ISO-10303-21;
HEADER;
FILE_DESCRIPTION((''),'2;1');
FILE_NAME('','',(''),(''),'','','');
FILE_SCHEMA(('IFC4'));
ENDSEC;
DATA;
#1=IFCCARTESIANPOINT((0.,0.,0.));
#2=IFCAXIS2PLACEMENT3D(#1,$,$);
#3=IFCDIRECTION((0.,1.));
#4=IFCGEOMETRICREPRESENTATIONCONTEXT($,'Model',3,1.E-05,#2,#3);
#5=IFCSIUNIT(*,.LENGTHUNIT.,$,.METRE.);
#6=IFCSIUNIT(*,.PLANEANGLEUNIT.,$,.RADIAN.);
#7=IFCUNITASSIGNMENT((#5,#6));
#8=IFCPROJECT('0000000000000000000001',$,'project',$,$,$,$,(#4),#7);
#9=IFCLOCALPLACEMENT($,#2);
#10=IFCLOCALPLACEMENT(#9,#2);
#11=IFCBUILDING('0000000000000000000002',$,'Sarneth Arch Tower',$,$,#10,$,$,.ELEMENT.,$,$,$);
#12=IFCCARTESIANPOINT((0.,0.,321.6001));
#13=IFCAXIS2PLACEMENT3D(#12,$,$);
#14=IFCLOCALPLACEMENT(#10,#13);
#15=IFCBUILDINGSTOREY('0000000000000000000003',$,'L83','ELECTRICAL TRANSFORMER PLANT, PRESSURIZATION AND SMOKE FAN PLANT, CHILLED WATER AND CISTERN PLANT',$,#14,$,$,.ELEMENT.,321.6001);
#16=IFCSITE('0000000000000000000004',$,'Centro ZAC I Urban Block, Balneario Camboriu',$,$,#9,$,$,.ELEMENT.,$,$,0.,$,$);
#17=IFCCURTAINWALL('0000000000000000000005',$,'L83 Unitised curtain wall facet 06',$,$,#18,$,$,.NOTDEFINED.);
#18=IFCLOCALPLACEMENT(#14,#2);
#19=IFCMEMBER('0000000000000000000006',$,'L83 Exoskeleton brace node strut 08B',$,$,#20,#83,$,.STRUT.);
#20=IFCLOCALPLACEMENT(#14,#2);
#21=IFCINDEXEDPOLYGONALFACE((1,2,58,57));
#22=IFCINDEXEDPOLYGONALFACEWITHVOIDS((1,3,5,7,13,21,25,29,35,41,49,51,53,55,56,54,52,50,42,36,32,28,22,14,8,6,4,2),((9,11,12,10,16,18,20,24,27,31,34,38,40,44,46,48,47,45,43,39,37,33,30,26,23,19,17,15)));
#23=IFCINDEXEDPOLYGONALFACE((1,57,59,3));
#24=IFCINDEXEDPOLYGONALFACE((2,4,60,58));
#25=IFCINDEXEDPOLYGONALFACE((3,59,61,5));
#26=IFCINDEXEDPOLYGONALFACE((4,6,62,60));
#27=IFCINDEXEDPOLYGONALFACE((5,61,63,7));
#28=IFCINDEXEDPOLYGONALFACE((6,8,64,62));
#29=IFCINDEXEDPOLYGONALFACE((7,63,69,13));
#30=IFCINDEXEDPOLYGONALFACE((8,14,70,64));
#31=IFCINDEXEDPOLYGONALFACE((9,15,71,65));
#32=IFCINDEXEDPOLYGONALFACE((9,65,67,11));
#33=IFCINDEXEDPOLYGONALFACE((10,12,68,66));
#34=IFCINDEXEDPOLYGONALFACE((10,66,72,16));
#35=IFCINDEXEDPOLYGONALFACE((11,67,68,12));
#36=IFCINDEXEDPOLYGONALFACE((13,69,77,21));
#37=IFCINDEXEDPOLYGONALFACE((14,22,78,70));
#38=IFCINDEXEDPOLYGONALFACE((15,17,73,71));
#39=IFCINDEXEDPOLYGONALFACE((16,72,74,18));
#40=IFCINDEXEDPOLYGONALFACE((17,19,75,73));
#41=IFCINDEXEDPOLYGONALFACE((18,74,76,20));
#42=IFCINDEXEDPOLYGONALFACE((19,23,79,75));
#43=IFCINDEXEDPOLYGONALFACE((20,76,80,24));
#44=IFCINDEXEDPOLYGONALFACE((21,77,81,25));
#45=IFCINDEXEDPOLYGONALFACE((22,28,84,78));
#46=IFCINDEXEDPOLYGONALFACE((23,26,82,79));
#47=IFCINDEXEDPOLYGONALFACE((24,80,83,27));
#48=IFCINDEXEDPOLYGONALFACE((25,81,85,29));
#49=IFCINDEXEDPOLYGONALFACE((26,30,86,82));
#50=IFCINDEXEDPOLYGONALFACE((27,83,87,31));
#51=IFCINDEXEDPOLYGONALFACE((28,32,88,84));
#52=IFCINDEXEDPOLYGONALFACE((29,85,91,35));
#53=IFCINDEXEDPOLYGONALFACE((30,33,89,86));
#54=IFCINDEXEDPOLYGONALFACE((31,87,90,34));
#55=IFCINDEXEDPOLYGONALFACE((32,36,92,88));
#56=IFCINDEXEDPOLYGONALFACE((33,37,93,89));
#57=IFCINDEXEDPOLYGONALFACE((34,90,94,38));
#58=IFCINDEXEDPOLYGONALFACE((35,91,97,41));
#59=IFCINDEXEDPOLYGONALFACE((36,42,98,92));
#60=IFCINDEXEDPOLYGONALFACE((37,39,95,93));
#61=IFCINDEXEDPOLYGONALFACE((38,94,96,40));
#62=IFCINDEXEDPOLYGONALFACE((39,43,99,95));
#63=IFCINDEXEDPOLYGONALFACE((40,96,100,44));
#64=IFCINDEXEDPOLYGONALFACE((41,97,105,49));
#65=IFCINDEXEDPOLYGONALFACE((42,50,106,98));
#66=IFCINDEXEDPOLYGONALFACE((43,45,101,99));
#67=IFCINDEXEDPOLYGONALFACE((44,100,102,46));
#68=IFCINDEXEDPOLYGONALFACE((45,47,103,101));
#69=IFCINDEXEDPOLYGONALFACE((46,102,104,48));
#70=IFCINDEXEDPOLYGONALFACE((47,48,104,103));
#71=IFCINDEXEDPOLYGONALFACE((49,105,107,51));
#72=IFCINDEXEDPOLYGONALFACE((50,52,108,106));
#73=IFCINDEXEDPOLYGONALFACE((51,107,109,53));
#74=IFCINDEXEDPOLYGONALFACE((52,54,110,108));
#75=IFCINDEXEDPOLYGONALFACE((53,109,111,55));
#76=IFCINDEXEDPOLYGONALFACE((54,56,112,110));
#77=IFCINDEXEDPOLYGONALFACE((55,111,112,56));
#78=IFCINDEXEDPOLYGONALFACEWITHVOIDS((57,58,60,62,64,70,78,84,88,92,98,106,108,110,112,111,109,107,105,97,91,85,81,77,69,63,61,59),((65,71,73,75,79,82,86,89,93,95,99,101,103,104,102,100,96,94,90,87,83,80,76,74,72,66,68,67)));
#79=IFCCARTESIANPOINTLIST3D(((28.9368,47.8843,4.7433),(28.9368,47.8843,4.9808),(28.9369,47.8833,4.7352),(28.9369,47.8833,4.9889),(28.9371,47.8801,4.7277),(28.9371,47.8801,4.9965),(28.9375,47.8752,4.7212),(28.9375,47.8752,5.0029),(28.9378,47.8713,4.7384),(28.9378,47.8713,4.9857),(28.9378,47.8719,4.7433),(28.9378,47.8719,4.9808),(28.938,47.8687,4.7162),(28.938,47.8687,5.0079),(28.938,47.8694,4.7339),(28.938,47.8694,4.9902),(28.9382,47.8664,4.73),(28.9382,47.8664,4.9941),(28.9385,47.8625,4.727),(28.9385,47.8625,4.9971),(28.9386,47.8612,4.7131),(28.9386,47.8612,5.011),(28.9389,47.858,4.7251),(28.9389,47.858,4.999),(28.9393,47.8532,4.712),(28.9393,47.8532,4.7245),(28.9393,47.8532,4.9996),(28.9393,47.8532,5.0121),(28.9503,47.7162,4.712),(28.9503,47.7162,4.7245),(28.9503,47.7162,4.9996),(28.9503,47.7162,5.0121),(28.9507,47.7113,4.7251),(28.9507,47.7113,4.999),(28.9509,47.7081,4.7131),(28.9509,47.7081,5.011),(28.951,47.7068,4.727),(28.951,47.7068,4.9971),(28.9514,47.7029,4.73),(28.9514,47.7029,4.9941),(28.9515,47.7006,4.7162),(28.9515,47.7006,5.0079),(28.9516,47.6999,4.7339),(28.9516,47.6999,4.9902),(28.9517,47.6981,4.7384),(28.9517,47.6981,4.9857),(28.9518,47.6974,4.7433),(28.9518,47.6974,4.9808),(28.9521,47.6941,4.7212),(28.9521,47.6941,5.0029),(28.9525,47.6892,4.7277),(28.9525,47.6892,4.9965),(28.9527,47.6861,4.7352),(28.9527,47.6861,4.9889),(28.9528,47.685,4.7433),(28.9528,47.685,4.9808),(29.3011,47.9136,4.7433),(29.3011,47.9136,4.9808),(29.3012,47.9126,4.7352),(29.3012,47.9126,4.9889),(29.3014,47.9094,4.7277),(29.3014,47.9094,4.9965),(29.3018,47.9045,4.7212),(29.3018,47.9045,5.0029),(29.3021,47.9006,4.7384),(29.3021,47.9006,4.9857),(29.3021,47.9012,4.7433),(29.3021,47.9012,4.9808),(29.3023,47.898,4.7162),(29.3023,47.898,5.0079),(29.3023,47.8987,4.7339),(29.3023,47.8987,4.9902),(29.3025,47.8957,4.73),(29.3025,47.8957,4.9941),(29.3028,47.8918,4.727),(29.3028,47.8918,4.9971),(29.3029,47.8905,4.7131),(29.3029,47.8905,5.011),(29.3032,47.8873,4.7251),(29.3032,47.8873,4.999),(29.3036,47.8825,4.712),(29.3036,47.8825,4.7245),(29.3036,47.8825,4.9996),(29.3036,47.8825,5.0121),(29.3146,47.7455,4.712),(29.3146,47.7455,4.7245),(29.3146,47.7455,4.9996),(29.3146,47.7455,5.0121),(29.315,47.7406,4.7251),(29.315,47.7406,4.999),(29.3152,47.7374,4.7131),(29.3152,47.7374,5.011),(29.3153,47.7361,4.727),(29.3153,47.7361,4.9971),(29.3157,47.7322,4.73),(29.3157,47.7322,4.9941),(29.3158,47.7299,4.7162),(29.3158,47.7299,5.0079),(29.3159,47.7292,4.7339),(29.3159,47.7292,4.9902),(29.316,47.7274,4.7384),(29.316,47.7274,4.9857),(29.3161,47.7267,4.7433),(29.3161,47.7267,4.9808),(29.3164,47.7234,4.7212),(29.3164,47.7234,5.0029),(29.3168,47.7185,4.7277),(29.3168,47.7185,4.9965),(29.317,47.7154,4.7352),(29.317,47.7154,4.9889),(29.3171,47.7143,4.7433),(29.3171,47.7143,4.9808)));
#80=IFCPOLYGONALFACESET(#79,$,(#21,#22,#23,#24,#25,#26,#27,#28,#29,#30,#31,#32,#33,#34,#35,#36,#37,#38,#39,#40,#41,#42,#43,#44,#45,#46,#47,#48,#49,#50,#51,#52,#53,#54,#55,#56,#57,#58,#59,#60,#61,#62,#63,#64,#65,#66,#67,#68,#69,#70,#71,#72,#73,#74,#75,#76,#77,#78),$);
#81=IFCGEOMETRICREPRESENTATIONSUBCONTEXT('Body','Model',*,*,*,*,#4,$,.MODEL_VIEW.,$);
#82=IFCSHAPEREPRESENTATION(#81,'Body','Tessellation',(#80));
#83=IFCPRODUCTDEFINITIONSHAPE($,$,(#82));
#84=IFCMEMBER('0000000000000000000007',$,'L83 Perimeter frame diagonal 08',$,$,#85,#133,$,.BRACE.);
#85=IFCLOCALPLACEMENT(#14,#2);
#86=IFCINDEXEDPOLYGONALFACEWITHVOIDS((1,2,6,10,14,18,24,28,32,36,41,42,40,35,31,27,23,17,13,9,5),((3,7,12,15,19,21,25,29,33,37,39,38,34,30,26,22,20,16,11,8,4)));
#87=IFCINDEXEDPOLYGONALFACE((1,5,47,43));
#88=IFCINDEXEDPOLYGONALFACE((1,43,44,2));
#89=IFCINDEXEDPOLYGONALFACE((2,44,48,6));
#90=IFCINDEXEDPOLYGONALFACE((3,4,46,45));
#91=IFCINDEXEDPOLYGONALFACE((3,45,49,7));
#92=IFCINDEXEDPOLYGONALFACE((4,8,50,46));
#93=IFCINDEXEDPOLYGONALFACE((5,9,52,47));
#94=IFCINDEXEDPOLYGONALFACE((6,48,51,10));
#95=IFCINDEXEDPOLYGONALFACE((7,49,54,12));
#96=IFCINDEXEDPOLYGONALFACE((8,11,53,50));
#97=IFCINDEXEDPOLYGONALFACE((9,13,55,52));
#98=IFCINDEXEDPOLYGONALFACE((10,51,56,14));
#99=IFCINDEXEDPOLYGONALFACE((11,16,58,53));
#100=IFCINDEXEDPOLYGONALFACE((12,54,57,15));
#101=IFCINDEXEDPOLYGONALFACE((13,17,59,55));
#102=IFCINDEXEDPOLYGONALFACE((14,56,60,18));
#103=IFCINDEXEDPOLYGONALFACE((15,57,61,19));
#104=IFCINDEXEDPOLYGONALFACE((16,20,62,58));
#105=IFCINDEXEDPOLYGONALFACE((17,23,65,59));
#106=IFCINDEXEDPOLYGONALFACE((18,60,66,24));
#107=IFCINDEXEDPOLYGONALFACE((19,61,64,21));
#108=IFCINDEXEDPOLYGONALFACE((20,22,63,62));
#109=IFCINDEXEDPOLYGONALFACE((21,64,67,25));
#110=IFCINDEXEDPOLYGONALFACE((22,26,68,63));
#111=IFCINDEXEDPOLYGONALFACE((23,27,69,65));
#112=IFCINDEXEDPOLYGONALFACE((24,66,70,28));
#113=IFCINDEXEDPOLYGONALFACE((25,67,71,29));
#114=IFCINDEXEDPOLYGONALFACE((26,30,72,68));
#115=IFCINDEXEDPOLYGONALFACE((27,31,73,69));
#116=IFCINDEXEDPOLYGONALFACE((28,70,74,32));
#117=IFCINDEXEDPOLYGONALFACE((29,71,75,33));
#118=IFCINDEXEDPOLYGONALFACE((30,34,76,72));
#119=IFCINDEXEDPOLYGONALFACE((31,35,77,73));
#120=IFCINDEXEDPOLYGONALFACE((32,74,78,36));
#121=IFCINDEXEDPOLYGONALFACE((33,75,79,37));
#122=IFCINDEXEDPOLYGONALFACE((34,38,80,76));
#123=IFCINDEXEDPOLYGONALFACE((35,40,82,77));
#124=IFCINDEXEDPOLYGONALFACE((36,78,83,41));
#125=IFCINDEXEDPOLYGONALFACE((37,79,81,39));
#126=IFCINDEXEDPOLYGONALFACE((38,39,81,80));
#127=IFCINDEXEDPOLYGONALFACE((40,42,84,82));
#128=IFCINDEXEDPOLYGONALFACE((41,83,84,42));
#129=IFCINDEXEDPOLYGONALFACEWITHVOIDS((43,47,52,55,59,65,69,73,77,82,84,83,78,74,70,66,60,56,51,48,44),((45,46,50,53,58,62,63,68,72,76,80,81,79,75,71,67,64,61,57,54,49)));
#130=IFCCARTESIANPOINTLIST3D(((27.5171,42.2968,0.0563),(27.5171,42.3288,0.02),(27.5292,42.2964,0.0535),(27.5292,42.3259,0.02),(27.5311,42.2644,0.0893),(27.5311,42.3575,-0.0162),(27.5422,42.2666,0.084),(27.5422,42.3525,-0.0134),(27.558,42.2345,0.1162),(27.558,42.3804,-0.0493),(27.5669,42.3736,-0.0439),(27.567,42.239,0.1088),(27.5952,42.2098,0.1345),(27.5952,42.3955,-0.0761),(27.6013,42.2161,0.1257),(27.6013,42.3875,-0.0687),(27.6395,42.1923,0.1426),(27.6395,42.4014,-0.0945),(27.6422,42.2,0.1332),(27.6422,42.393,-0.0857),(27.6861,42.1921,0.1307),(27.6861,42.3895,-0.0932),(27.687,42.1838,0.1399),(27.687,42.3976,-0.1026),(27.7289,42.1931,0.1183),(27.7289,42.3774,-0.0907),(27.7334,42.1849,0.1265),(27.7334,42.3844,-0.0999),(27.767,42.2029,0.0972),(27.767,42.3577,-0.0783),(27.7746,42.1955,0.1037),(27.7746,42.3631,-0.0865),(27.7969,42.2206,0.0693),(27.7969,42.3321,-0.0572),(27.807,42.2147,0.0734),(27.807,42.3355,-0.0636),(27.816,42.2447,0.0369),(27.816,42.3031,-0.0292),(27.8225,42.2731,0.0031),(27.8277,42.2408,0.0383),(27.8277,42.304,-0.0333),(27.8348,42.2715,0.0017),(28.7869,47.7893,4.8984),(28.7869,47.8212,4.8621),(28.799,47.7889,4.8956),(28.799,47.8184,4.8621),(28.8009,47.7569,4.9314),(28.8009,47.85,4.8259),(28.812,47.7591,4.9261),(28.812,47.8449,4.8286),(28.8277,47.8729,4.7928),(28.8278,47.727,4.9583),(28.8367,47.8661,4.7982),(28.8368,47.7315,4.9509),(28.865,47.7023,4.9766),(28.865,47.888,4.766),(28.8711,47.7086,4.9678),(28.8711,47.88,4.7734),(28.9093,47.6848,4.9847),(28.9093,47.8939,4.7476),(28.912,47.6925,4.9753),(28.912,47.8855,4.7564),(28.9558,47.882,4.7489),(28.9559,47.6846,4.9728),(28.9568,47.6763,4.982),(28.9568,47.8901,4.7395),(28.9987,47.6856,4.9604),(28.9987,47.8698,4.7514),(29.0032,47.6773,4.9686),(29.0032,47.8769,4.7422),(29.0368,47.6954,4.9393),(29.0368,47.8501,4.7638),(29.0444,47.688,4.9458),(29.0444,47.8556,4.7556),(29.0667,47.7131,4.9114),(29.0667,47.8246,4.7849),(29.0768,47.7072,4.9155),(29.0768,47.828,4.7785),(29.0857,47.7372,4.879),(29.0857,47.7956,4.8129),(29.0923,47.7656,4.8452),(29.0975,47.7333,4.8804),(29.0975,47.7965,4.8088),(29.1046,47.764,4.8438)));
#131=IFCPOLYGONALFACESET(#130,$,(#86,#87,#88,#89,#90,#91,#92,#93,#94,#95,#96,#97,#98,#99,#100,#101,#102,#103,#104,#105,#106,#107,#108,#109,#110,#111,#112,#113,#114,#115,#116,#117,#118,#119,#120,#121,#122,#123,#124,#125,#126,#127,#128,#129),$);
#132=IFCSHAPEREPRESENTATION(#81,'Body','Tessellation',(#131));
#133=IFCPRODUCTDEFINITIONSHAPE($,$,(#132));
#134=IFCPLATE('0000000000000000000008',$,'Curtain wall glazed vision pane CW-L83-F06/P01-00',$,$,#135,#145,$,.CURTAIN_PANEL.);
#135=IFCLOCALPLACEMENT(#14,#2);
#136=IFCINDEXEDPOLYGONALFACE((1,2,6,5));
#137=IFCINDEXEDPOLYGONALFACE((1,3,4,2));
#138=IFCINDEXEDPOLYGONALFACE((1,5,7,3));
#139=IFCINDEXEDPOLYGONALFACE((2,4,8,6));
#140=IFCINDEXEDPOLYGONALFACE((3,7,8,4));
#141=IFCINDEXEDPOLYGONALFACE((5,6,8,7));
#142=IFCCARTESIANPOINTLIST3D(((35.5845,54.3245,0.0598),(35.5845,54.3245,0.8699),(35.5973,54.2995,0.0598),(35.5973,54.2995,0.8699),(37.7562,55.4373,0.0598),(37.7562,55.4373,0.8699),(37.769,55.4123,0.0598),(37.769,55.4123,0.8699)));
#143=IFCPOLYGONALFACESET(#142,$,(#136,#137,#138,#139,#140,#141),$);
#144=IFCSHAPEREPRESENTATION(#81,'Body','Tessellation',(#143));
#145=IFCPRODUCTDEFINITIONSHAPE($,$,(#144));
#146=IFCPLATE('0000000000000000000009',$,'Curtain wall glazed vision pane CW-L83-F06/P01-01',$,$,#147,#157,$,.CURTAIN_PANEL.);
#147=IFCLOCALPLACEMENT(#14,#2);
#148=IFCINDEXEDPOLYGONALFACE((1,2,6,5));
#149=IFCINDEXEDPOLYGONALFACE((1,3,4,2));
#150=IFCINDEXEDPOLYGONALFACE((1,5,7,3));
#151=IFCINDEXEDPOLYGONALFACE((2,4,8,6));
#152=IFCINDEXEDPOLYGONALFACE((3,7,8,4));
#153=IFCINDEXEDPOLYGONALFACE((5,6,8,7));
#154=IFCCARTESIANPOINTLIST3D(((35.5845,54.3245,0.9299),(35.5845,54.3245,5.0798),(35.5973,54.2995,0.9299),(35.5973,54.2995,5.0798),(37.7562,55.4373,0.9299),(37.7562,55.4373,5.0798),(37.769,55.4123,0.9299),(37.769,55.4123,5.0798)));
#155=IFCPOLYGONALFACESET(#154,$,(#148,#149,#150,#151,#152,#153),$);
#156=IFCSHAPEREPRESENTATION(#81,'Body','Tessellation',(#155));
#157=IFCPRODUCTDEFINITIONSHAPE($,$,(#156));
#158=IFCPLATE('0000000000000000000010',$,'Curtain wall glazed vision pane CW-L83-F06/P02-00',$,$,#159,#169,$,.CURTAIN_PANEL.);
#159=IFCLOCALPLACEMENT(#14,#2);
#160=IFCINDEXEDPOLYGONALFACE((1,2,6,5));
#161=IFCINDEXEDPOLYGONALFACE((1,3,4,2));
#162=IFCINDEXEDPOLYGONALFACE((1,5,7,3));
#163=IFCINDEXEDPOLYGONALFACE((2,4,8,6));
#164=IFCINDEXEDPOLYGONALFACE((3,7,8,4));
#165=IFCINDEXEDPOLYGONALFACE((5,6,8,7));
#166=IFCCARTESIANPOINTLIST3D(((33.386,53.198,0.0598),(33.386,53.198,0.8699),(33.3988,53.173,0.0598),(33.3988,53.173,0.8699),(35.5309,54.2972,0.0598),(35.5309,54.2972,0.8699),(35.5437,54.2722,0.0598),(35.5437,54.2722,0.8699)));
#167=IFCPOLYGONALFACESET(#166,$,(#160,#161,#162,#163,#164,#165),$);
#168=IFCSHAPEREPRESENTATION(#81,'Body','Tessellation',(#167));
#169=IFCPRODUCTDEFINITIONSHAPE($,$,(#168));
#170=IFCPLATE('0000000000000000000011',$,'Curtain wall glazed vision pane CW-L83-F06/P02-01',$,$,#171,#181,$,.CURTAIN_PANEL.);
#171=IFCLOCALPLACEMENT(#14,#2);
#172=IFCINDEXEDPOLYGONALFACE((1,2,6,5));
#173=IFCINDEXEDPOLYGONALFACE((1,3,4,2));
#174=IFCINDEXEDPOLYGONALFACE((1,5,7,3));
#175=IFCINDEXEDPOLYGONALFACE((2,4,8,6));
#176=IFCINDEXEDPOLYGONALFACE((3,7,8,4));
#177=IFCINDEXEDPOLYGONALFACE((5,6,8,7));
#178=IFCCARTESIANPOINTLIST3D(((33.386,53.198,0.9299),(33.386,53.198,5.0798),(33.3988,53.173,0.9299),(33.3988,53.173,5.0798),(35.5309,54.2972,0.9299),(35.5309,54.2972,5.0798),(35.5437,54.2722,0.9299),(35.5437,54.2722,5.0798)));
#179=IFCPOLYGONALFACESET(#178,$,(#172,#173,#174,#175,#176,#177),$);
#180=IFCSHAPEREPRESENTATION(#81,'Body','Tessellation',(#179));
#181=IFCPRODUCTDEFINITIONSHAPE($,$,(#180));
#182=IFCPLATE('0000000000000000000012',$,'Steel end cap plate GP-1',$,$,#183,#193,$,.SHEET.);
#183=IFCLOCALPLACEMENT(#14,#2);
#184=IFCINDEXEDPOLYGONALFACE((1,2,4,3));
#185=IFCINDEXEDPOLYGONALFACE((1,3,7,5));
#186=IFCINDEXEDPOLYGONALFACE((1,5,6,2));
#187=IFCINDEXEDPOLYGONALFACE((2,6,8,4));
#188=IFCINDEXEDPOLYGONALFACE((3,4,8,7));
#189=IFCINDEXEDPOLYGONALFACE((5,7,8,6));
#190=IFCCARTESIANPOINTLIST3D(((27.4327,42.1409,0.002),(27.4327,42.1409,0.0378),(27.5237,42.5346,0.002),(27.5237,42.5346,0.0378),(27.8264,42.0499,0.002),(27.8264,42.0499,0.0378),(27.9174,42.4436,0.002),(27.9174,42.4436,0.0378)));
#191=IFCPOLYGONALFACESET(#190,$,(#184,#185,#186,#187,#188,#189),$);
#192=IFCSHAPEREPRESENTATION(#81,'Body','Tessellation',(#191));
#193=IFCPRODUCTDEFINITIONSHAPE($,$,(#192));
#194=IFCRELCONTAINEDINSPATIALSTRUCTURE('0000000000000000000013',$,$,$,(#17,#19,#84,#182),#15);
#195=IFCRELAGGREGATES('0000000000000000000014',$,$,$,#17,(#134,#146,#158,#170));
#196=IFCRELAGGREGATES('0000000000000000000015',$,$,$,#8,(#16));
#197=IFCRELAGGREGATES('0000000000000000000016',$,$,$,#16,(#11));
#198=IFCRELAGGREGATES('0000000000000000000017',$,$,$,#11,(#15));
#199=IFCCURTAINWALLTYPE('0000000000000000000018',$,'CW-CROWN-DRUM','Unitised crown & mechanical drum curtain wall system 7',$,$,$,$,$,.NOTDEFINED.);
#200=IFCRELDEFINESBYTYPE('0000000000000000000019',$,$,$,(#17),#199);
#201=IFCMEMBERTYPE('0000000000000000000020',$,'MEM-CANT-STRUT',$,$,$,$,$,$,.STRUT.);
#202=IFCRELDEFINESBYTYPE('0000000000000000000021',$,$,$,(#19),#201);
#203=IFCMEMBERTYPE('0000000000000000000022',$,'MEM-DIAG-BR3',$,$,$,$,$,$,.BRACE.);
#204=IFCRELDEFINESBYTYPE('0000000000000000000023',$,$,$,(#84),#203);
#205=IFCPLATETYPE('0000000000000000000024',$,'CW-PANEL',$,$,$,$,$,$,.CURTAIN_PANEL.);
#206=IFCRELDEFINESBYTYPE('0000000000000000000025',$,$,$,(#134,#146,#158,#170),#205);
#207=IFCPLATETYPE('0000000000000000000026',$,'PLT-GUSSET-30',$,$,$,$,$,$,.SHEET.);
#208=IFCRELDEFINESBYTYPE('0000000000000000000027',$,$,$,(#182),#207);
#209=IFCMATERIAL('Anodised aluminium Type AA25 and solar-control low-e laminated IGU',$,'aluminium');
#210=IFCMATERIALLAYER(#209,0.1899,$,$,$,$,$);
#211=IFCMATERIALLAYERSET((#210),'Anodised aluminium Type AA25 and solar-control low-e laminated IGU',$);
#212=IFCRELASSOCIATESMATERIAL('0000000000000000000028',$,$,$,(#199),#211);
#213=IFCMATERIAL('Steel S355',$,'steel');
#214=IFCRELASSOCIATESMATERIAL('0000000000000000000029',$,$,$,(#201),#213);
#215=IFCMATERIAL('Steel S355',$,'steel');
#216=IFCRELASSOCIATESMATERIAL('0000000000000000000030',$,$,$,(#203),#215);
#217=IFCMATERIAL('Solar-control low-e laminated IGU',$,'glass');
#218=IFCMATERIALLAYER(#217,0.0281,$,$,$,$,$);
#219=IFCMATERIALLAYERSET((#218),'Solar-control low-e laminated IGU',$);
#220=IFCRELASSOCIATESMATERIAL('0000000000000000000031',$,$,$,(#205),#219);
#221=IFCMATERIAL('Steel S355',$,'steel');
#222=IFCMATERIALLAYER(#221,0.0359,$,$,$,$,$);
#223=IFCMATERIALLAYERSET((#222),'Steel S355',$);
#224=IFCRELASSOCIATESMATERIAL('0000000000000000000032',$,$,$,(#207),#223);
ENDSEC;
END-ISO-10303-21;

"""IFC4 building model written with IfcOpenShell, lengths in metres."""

from ifc_helpers import new_model, si_unit, direction, frame, origin, origin_2d, place, context, subcontext, project, spatial, rectangle, hollow_rectangle, hollow_circle, extrude, material, layer, layer_set, material_profile, profile_set, type_object, element, aggregate, save


model = new_model("IFC4")

# Units and contexts
model_context = context("Model", 3, precision=1e-05, world=origin(), true_north=direction((0.0, 1.0)))
body_context = subcontext(model_context, "Body", "Model", "MODEL_VIEW")
ifc_project = project(units=[si_unit("LENGTHUNIT", "METRE"), si_unit("PLANEANGLEUNIT", "RADIAN")], contexts=[model_context])

# Site, building, storey
site_placement = place(None, origin())
site = spatial("IfcSite", under=ifc_project, at=site_placement, Name="Centro ZAC I Urban Block, Balneario Camboriu", CompositionType="ELEMENT", RefElevation=0.0)
building_placement = place(site_placement, origin())
building = spatial("IfcBuilding", under=site, at=building_placement, Name="Sarneth Arch Tower", CompositionType="ELEMENT")
storey_placement = place(building_placement, frame((0.0, 0.0, 321.6001)))
storey = spatial("IfcBuildingStorey", under=building, at=storey_placement, Name="L83", Description="ELECTRICAL TRANSFORMER PLANT, PRESSURIZATION AND SMOKE FAN PLANT, CHILLED WATER AND CISTERN PLANT", CompositionType="ELEMENT", Elevation=321.6001)

# Curtain wall
ifc_material_1 = material(Name="Anodised aluminium Type AA25 and solar-control low-e laminated IGU", Category="aluminium")
ifc_layer_1 = layer(ifc_material_1, 0.1899)
ifc_layer_set_1 = layer_set([ifc_layer_1], Name="Anodised aluminium Type AA25 and solar-control low-e laminated IGU")
curtain_wall_type = type_object("IfcCurtainWallType", Name="CW-CROWN-DRUM", Description="Unitised crown & mechanical drum curtain wall system 7", PredefinedType="NOTDEFINED", material=ifc_layer_set_1)
curtain_wall_placement = place(storey_placement, origin())
curtain_wall = element("IfcCurtainWall", 1, at=curtain_wall_placement, inside=storey, type_object=curtain_wall_type, Name="L83 Unitised curtain wall facet 06", PredefinedType="NOTDEFINED")

# Members
ifc_material_2 = material(Name="Steel S355", Category="steel")
ifc_material_profile_1 = material_profile(ifc_material_2, hollow_rectangle(XDim=0.2, YDim=0.3, WallThickness=0.0125, InnerFilletRadius=0.0188, OuterFilletRadius=0.0312, at=origin_2d()), Name="RHS300x200x12.5")
ifc_profile_set_1 = profile_set([ifc_material_profile_1], Name="Steel S355")
member_type_1 = type_object("IfcMemberType", Name="MEM-CANT-STRUT", PredefinedType="STRUT", material=ifc_profile_set_1)
member_1_placement = place(storey_placement, frame((29.3091, 47.814, 4.8621), z_axis=(-0.996781, -0.08017, 0.0), x_axis=(0.08017, -0.996781, 0.0)))
element("IfcMember", 2, at=member_1_placement, inside=storey, type_object=member_type_1, Name="L83 Exoskeleton brace node strut 08B", PredefinedType="STRUT", context=body_context, shape_type="SweptSolid", body=[
    extrude(hollow_rectangle(XDim=0.2, YDim=0.3, WallThickness=0.0125, InnerFilletRadius=0.0188, OuterFilletRadius=0.0312, at=origin_2d()), origin(), (0.0, 0.0, 1.0), 0.3655),
])
ifc_material_3 = material(Name="Steel S355", Category="steel")
ifc_material_profile_2 = material_profile(ifc_material_3, hollow_circle(Radius=0.1621, WallThickness=0.0125, at=origin_2d()), Name="CHS324x12.5")
ifc_profile_set_2 = profile_set([ifc_material_profile_2], Name="Steel S355")
member_type_2 = type_object("IfcMemberType", Name="MEM-DIAG-BR3", PredefinedType="BRACE", material=ifc_profile_set_2)
member_2_placement = place(storey_placement, frame((27.675, 42.2922, 0.02), z_axis=(0.170868, 0.739092, 0.651572), x_axis=(-0.974302, 0.225245, 0.0)))
element("IfcMember", 3, at=member_2_placement, inside=storey, type_object=member_type_2, Name="L83 Perimeter frame diagonal 08", PredefinedType="BRACE", context=body_context, shape_type="SweptSolid", body=[
    extrude(hollow_circle(Radius=0.1621, WallThickness=0.0125, at=origin_2d()), origin(), (0.0, 0.0, 1.0), 7.4314),
])

# Plates
ifc_material_4 = material(Name="Solar-control low-e laminated IGU", Category="glass")
ifc_layer_2 = layer(ifc_material_4, 0.0281)
ifc_layer_set_2 = layer_set([ifc_layer_2], Name="Solar-control low-e laminated IGU")
plate_type_1 = type_object("IfcPlateType", Name="CW-PANEL", PredefinedType="CURTAIN_PANEL", material=ifc_layer_set_2)
plate_1_placement = place(storey_placement, frame((36.6768, 54.8684, 0.0598), z_axis=(0.0, 0.0, 1.0), x_axis=(-0.889959, -0.45604, 0.0)))
plate_1 = element("IfcPlate", 4, at=plate_1_placement, type_object=plate_type_1, Name="Curtain wall glazed vision pane CW-L83-F06/P01-00", PredefinedType="CURTAIN_PANEL", context=body_context, shape_type="SweptSolid", body=[
    extrude(rectangle(XDim=2.4402, YDim=0.0281, at=origin_2d()), origin(), (0.0, 0.0, 1.0), 0.8101),
])
plate_2_placement = place(storey_placement, frame((36.6768, 54.8684, 0.9299), z_axis=(0.0, 0.0, 1.0), x_axis=(-0.889959, -0.45604, 0.0)))
plate_2 = element("IfcPlate", 5, at=plate_2_placement, type_object=plate_type_1, Name="Curtain wall glazed vision pane CW-L83-F06/P01-01", PredefinedType="CURTAIN_PANEL", context=body_context, shape_type="SweptSolid", body=[
    extrude(rectangle(XDim=2.4402, YDim=0.0281, at=origin_2d()), origin(), (0.0, 0.0, 1.0), 4.1499),
])
plate_3_placement = place(storey_placement, frame((34.4648, 53.7351, 0.0598), z_axis=(0.0, 0.0, 1.0), x_axis=(-0.889959, -0.45604, 0.0)))
plate_3 = element("IfcPlate", 6, at=plate_3_placement, type_object=plate_type_1, Name="Curtain wall glazed vision pane CW-L83-F06/P02-00", PredefinedType="CURTAIN_PANEL", context=body_context, shape_type="SweptSolid", body=[
    extrude(rectangle(XDim=2.4102, YDim=0.0281, at=origin_2d()), origin(), (0.0, 0.0, 1.0), 0.8101),
])
plate_4_placement = place(storey_placement, frame((34.4648, 53.7351, 0.9299), z_axis=(0.0, 0.0, 1.0), x_axis=(-0.889959, -0.45604, 0.0)))
plate_4 = element("IfcPlate", 7, at=plate_4_placement, type_object=plate_type_1, Name="Curtain wall glazed vision pane CW-L83-F06/P02-01", PredefinedType="CURTAIN_PANEL", context=body_context, shape_type="SweptSolid", body=[
    extrude(rectangle(XDim=2.4102, YDim=0.0281, at=origin_2d()), origin(), (0.0, 0.0, 1.0), 4.1499),
])
aggregate(curtain_wall, [plate_1, plate_2, plate_3, plate_4])

# Plate
ifc_material_5 = material(Name="Steel S355", Category="steel")
ifc_layer_3 = layer(ifc_material_5, 0.0359)
ifc_layer_set_3 = layer_set([ifc_layer_3], Name="Steel S355")
plate_type_2 = type_object("IfcPlateType", Name="PLT-GUSSET-30", PredefinedType="SHEET", material=ifc_layer_set_3)
for number, where, z_axis, x_axis, name in (
    (8, (27.675, 42.2922, 0.002), (0.0, 0.0, 1.0), (-0.225291, -0.974291, 0.0), "Steel end cap plate GP-1"),
):
    element("IfcPlate", number, at=place(storey_placement, frame(where, z_axis=z_axis, x_axis=x_axis)), inside=storey, type_object=plate_type_2, Name=name, PredefinedType="SHEET", context=body_context, shape_type="SweptSolid", body=[
        extrude(rectangle(XDim=0.4041, YDim=0.4041, at=origin_2d()), origin(), (0.0, 0.0, 1.0), 0.0359),
    ])

save(model, "model.ifc")
